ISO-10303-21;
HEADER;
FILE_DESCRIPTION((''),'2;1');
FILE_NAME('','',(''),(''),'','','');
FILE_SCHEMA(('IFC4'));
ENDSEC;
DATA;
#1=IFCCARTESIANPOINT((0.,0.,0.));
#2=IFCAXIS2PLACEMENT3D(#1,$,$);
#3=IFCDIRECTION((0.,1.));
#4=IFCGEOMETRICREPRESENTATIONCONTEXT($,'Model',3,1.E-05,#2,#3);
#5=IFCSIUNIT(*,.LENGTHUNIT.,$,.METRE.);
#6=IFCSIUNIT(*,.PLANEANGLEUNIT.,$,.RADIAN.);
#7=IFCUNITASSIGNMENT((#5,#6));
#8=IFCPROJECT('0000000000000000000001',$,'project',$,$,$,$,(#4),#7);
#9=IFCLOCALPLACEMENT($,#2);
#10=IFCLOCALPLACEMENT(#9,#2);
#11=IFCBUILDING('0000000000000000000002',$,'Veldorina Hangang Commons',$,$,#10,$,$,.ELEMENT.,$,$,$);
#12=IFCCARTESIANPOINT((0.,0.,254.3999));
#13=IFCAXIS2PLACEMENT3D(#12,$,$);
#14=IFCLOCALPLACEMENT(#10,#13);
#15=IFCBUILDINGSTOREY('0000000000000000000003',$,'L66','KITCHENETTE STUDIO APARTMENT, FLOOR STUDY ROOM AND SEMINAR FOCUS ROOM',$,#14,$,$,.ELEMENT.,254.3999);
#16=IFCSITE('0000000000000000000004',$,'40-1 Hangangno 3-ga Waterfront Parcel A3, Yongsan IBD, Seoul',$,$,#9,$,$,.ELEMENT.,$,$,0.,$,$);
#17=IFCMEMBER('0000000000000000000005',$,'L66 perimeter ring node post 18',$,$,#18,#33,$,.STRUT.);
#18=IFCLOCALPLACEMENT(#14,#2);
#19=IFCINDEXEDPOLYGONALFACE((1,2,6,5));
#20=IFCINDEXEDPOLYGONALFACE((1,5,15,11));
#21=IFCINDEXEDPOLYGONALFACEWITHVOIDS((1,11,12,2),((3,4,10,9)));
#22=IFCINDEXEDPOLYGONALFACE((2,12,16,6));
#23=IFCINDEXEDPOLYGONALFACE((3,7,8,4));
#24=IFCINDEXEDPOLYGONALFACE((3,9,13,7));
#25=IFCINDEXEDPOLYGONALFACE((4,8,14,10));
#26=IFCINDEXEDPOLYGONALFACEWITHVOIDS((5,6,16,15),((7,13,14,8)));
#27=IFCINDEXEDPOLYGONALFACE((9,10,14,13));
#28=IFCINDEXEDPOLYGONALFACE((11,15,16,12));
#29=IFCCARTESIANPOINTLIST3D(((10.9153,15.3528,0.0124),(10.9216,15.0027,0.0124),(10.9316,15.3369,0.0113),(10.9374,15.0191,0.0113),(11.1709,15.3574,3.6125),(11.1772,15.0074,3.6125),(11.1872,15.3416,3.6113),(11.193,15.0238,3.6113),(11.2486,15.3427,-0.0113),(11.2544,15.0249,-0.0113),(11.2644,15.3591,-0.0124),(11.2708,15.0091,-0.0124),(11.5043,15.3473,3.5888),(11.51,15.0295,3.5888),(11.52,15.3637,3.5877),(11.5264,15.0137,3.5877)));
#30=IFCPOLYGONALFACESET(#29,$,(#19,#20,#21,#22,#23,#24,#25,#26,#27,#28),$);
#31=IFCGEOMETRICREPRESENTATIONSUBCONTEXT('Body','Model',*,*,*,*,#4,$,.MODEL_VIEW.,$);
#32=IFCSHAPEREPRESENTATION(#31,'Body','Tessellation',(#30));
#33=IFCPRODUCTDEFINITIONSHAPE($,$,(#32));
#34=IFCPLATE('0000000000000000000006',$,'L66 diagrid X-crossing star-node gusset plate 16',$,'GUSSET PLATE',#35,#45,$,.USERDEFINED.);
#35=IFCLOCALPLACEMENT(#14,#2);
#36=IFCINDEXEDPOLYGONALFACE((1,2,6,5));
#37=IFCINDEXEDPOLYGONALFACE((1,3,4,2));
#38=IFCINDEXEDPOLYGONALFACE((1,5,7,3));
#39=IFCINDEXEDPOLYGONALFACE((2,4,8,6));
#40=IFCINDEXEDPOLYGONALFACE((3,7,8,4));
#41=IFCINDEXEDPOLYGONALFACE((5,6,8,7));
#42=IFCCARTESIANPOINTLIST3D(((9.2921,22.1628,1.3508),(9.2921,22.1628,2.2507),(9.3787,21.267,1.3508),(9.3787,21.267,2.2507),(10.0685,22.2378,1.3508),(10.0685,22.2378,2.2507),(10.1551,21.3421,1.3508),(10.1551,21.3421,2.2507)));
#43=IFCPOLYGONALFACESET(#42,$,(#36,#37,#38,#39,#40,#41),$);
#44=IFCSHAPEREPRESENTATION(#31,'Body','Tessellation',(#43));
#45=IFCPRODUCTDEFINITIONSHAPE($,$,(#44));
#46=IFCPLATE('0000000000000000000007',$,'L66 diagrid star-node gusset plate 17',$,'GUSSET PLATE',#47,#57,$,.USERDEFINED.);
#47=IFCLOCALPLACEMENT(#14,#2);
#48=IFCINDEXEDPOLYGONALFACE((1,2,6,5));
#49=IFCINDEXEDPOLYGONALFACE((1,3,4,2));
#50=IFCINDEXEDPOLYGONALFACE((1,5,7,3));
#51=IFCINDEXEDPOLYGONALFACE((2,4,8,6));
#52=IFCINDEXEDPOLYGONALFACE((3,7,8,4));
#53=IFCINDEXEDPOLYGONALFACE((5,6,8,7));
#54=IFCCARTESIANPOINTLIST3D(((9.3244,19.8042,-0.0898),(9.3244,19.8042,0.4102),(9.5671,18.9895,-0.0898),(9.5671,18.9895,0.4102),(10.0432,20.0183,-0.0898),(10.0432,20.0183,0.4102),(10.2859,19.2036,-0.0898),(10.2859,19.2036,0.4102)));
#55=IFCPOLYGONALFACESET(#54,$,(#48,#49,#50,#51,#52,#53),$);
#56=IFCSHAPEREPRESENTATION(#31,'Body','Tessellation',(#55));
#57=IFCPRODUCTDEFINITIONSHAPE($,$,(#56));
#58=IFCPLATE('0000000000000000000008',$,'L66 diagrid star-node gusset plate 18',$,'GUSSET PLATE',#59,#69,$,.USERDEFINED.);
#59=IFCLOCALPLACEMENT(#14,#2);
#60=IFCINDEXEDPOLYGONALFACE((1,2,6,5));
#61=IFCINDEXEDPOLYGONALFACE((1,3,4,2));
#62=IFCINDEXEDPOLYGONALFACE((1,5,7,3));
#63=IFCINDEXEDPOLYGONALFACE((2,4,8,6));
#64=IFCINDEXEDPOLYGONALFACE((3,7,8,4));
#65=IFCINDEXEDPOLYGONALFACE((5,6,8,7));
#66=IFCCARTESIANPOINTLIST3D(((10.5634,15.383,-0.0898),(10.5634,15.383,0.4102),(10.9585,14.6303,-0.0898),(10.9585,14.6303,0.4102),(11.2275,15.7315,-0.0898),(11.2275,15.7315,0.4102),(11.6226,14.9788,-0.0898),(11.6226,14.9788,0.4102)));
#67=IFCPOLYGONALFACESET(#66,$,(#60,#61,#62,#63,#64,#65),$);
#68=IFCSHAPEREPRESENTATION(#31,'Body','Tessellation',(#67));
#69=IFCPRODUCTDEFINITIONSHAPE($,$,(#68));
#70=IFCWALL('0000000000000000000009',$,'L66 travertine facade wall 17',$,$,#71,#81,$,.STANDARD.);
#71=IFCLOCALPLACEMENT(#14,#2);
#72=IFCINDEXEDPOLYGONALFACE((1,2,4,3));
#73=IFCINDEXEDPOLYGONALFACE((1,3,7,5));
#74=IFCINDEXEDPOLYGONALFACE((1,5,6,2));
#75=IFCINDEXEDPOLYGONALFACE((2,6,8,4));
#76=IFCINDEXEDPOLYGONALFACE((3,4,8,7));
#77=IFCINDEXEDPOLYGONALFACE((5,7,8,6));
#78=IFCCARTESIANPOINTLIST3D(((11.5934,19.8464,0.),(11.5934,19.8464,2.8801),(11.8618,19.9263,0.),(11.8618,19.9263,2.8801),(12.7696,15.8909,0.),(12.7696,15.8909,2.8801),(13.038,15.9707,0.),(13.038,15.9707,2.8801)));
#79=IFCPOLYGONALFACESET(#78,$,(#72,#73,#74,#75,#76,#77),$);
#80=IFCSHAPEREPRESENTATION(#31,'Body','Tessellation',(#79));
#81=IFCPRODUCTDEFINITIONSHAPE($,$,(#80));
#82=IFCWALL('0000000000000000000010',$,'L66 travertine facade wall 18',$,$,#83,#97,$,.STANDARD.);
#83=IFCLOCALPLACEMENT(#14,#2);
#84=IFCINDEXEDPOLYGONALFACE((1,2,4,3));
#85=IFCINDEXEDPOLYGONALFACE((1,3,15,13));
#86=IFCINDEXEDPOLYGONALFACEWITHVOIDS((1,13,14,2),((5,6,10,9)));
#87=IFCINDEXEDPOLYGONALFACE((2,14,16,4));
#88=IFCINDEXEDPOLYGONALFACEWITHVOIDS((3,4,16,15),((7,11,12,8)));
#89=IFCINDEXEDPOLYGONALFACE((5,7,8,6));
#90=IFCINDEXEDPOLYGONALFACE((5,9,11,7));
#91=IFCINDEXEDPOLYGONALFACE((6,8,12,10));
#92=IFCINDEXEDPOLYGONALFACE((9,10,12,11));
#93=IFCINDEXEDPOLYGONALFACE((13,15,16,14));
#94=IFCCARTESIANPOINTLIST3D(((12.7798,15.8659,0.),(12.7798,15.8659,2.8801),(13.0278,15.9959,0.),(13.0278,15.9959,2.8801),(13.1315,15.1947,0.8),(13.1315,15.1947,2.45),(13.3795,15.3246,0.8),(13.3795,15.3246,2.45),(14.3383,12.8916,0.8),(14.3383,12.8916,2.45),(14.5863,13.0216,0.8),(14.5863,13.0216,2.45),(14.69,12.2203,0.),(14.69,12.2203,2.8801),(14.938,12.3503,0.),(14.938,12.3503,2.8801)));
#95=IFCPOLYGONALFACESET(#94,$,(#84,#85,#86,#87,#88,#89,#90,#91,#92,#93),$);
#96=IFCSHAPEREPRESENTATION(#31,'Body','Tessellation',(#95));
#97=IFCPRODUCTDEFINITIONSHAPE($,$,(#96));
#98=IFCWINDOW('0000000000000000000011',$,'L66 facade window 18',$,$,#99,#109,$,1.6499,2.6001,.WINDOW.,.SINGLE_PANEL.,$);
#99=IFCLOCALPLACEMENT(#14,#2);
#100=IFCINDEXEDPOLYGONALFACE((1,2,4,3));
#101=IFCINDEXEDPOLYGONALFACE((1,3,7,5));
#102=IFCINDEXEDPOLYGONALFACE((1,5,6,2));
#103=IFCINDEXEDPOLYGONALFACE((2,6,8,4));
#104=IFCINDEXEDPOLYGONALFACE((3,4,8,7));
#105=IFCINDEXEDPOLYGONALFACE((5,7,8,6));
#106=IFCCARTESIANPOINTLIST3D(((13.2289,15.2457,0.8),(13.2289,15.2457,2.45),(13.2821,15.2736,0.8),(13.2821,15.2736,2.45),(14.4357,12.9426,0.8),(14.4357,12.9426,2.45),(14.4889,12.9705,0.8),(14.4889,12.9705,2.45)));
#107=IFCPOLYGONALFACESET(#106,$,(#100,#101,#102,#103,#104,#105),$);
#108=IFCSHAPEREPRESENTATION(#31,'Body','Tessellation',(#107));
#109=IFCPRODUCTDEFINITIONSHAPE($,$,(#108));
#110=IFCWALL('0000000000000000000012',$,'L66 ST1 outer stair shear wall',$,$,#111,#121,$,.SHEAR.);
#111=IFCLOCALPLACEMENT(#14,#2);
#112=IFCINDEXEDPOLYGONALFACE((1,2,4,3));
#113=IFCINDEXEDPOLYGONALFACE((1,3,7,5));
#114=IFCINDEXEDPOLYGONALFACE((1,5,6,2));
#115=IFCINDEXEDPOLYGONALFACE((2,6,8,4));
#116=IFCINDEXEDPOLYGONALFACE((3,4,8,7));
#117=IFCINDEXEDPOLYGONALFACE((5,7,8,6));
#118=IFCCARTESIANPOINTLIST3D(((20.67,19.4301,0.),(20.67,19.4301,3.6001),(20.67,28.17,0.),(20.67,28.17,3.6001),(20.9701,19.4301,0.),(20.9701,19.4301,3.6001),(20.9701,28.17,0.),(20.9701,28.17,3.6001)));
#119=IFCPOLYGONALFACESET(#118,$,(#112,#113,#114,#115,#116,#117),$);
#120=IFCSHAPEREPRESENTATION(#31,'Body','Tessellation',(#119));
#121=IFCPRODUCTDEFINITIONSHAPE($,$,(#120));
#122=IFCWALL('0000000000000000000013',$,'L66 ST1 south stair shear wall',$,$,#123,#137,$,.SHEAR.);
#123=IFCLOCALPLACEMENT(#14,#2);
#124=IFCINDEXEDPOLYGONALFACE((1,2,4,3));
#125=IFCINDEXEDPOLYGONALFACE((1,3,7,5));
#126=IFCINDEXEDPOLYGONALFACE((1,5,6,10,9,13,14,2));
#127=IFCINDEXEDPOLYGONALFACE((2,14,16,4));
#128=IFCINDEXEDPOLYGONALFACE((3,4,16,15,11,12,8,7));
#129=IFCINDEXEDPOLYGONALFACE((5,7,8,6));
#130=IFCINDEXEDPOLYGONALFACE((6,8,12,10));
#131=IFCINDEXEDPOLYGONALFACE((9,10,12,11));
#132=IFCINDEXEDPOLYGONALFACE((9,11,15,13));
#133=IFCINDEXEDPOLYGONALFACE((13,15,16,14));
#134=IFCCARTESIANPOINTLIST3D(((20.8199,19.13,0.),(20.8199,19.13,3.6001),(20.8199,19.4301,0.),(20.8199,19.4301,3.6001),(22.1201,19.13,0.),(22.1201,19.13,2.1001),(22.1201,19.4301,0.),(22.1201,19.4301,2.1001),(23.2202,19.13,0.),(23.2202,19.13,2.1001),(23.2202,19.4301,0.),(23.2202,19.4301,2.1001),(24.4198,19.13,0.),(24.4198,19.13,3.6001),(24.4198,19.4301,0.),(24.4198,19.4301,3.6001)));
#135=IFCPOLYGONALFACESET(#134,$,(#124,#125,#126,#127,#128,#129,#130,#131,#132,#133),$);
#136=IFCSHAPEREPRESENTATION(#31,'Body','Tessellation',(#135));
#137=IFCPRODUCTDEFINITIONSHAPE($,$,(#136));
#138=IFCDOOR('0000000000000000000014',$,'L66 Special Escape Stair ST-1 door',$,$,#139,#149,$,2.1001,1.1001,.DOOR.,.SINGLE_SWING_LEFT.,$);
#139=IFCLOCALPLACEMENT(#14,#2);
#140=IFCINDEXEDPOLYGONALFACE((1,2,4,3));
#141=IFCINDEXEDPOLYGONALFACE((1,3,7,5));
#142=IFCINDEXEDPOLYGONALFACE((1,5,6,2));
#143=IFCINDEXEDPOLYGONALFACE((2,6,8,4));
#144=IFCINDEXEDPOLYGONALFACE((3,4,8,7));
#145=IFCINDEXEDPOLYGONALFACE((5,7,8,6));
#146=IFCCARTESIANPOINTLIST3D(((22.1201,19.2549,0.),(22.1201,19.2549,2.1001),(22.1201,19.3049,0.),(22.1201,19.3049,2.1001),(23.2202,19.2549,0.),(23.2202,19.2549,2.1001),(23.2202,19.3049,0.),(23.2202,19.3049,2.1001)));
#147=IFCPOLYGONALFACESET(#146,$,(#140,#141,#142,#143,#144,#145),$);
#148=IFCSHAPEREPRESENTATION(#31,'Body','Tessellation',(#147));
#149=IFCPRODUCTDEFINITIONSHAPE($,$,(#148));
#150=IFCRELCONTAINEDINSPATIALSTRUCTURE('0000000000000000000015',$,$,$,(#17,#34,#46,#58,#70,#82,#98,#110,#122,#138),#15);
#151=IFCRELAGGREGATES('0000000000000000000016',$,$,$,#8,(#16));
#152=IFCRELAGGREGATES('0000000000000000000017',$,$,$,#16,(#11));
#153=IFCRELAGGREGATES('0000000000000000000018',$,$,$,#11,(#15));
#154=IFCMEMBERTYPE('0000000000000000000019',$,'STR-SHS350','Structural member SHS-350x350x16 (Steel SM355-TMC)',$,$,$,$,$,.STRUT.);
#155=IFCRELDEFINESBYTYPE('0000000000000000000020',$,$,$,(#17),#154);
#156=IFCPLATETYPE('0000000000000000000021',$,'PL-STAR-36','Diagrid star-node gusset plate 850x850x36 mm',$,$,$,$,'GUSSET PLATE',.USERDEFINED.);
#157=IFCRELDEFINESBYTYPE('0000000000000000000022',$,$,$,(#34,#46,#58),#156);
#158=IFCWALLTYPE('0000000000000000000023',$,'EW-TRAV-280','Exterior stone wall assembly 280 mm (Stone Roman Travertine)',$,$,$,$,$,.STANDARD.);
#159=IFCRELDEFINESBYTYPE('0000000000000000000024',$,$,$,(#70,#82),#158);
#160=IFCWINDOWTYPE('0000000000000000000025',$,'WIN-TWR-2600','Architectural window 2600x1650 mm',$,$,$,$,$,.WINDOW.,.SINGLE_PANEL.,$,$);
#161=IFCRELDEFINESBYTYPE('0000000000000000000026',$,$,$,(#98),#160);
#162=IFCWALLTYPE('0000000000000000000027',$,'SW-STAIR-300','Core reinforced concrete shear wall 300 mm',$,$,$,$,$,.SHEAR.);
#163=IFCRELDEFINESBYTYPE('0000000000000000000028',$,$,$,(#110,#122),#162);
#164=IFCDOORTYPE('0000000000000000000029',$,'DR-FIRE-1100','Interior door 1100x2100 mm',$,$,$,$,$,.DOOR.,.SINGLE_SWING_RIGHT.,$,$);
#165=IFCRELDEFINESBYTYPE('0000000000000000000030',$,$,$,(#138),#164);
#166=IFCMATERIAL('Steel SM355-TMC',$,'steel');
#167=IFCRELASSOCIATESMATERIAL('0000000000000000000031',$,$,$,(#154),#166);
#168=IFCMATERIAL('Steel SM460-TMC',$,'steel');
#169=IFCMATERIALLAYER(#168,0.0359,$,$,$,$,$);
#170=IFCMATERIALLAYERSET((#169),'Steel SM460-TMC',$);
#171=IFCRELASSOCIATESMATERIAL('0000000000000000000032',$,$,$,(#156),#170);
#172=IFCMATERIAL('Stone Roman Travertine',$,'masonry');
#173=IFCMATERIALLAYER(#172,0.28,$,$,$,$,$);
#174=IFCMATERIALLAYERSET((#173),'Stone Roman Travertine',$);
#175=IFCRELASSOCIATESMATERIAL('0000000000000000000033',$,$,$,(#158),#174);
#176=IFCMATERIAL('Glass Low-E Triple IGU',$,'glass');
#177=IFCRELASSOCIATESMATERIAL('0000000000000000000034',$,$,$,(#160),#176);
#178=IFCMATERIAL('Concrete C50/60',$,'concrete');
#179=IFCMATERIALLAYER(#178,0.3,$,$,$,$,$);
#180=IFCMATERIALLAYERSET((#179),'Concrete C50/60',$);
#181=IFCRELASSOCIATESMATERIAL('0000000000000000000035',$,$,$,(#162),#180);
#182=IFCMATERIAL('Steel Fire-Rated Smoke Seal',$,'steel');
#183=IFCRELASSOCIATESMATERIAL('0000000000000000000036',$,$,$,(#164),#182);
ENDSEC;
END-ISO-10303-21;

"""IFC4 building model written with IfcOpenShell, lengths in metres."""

from ifc_helpers import new_model, si_unit, direction, frame, frame_2d, origin, origin_2d, place, context, subcontext, project, spatial, rectangle, hollow_rectangle, extrude, material, layer, layer_set, material_profile, profile_set, type_object, element, fill, save


model = new_model("IFC4")

# Units and contexts
model_context = context("Model", 3, precision=1e-05, world=origin(), true_north=direction((0.0, 1.0)))
body_context = subcontext(model_context, "Body", "Model", "MODEL_VIEW")
ifc_project = project(units=[si_unit("LENGTHUNIT", "METRE"), si_unit("PLANEANGLEUNIT", "RADIAN")], contexts=[model_context])

# Site, building, storey
site_placement = place(None, origin())
site = spatial("IfcSite", under=ifc_project, at=site_placement, Name="40-1 Hangangno 3-ga Waterfront Parcel A3, Yongsan IBD, Seoul", CompositionType="ELEMENT", RefElevation=0.0)
building_placement = place(site_placement, origin())
building = spatial("IfcBuilding", under=site, at=building_placement, Name="Veldorina Hangang Commons", CompositionType="ELEMENT")
storey_placement = place(building_placement, frame((0.0, 0.0, 254.3999)))
storey = spatial("IfcBuildingStorey", under=building, at=storey_placement, Name="L66", Description="KITCHENETTE STUDIO APARTMENT, FLOOR STUDY ROOM AND SEMINAR FOCUS ROOM", CompositionType="ELEMENT", Elevation=254.3999)

# Shared definitions
ifc_material_1 = material(Name="Steel SM355-TMC", Category="steel")

# Member
ifc_material_profile_1 = material_profile(ifc_material_1, hollow_rectangle(XDim=0.3501, YDim=0.3501, WallThickness=0.0161, at=origin_2d()), Name="SHS-350x350x16")
ifc_profile_set_1 = profile_set([ifc_material_profile_1], Name="Steel SM355-TMC")
member_type_1 = type_object("IfcMemberType", Name="STR-SHS350", Description="Structural member SHS-350x350x16 (Steel SM355-TMC)", PredefinedType="STRUT", material=ifc_profile_set_1)
member_1_placement = place(storey_placement, frame((11.093, 15.1809, 0.0), z_axis=(0.070824, 0.001285, 0.997488), x_axis=(-0.018144, 0.999835, 0.0)))
element("IfcMember", 1, at=member_1_placement, inside=storey, type_object=member_type_1, Name="L66 perimeter ring node post 18", PredefinedType="STRUT", context=body_context, shape_type="SweptSolid", body=[
    extrude(hollow_rectangle(XDim=0.3501, YDim=0.3501, WallThickness=0.0161, at=origin_2d()), origin(), (0.0, 0.0, 1.0), 3.6091),
])

# Plates
ifc_material_2 = material(Name="Steel SM460-TMC", Category="steel")
ifc_layer_1 = layer(ifc_material_2, 0.0359)
ifc_layer_set_1 = layer_set([ifc_layer_1], Name="Steel SM460-TMC")
plate_type = type_object("IfcPlateType", Name="PL-STAR-36", Description="Diagrid star-node gusset plate 850x850x36 mm", ElementType="GUSSET PLATE", PredefinedType="USERDEFINED", material=ifc_layer_set_1)
plate_placement = place(storey_placement, frame((9.7236, 21.7524, 1.3508), z_axis=(0.0, 0.0, 1.0), x_axis=(0.096263, -0.995356, 0.0)))
element("IfcPlate", 2, at=plate_placement, inside=storey, type_object=plate_type, Name="L66 diagrid X-crossing star-node gusset plate 16", ObjectType="GUSSET PLATE", PredefinedType="USERDEFINED", context=body_context, shape_type="SweptSolid", body=[
    extrude(rectangle(XDim=0.8999, YDim=0.78, at=origin_2d()), origin(), (0.0, 0.0, 1.0), 0.8999),
])
for number, where, z_axis, x_axis, name in (
    (3, (9.8052, 19.5039, -0.0898), (0.0, 0.0, 1.0), (0.285488, -0.958382, 0.0), "L66 diagrid star-node gusset plate 17"),
    (4, (11.093, 15.1809, -0.0898), (0.0, 0.0, 1.0), (0.464734, -0.88545, 0.0), "L66 diagrid star-node gusset plate 18"),
):
    element("IfcPlate", number, at=place(storey_placement, frame(where, z_axis=z_axis, x_axis=x_axis)), inside=storey, type_object=plate_type, Name=name, ObjectType="GUSSET PLATE", PredefinedType="USERDEFINED", context=body_context, shape_type="SweptSolid", body=[
        extrude(rectangle(XDim=0.8501, YDim=0.75, at=origin_2d()), origin(), (0.0, 0.0, 1.0), 0.5),
    ])

# Wall
ifc_material_3 = material(Name="Stone Roman Travertine", Category="masonry")
ifc_layer_2 = layer(ifc_material_3, 0.28)
ifc_layer_set_2 = layer_set([ifc_layer_2], Name="Stone Roman Travertine")
wall_type_1 = type_object("IfcWallType", Name="EW-TRAV-280", Description="Exterior stone wall assembly 280 mm (Stone Roman Travertine)", PredefinedType="STANDARD", material=ifc_layer_set_2)
wall_1_placement = place(storey_placement, frame((11.7275, 19.8865, 0.0), z_axis=(0.0, 0.0, 1.0), x_axis=(0.285035, -0.958517, 0.0)))
element("IfcWall", 5, at=wall_1_placement, inside=storey, type_object=wall_type_1, Name="L66 travertine facade wall 17", PredefinedType="STANDARD", context=body_context, shape_type="SweptSolid", body=[
    extrude(rectangle(XDim=4.1267, YDim=0.28, at=frame_2d((2.0635, 0.0))), origin(), (0.0, 0.0, 1.0), 2.8801),
])

# Wall, opening, window
wall_2_placement = place(storey_placement, frame((12.9038, 15.9309, 0.0), z_axis=(0.0, 0.0, 1.0), x_axis=(0.464122, -0.885771, 0.0)))
wall_2 = element("IfcWall", 6, at=wall_2_placement, inside=storey, type_object=wall_type_1, Name="L66 travertine facade wall 18", PredefinedType="STANDARD", context=body_context, shape_type="SweptSolid", body=[
    extrude(rectangle(XDim=4.1157, YDim=0.28, at=frame_2d((2.0579, 0.0))), origin(), (0.0, 0.0, 1.0), 2.8801),
])
opening_1_placement = place(wall_2_placement, frame((0.7578, 0.0, 0.8)))
opening_1 = element("IfcOpeningElement", 7, at=opening_1_placement, cuts=wall_2, PredefinedType="OPENING", context=body_context, shape_type="SweptSolid", body=[
    extrude(rectangle(XDim=2.6001, YDim=1.6499, at=frame_2d((1.3, 0.825))), frame((0.0, 0.1499, 0.0), z_axis=(0.0, -1.0, 0.0), x_axis=(1.0, 0.0, 0.0)), (0.0, 0.0, 1.0), 0.3),
])
ifc_material_4 = material(Name="Glass Low-E Triple IGU", Category="glass")
window_type = type_object("IfcWindowType", Name="WIN-TWR-2600", Description="Architectural window 2600x1650 mm", PartitioningType="SINGLE_PANEL", PredefinedType="WINDOW", material=ifc_material_4)
window_placement = place(opening_1_placement, origin())
window = element("IfcWindow", 8, at=window_placement, inside=storey, type_object=window_type, Name="L66 facade window 18", OverallHeight=1.6499, OverallWidth=2.6001, PartitioningType="SINGLE_PANEL", PredefinedType="WINDOW", context=body_context, shape_type="SweptSolid", body=[
    extrude(rectangle(XDim=2.6001, YDim=1.6499, at=frame_2d((1.3, 0.825))), frame((0.0, 0.03, 0.0), z_axis=(0.0, -1.0, 0.0), x_axis=(1.0, 0.0, 0.0)), (0.0, 0.0, 1.0), 0.0601),
])
fill(opening_1, window)

# Wall
ifc_material_5 = material(Name="Concrete C50/60", Category="concrete")
ifc_layer_3 = layer(ifc_material_5, 0.3)
ifc_layer_set_3 = layer_set([ifc_layer_3], Name="Concrete C50/60")
wall_type_2 = type_object("IfcWallType", Name="SW-STAIR-300", Description="Core reinforced concrete shear wall 300 mm", PredefinedType="SHEAR", material=ifc_layer_set_3)
wall_3_placement = place(storey_placement, frame((20.8201, 19.4299, 0.0), z_axis=(0.0, 0.0, 1.0), x_axis=(0.0, 1.0, 0.0)))
element("IfcWall", 9, at=wall_3_placement, inside=storey, type_object=wall_type_2, Name="L66 ST1 outer stair shear wall", PredefinedType="SHEAR", context=body_context, shape_type="SweptSolid", body=[
    extrude(rectangle(XDim=8.74, YDim=0.3, at=frame_2d((4.3701, 0.0))), origin(), (0.0, 0.0, 1.0), 3.6001),
])

# Wall, opening, door
wall_4_placement = place(storey_placement, frame((20.8201, 19.28, 0.0), z_axis=(0.0, 0.0, 1.0), x_axis=(1.0, 0.0, 0.0)))
wall_4 = element("IfcWall", 10, at=wall_4_placement, inside=storey, type_object=wall_type_2, Name="L66 ST1 south stair shear wall", PredefinedType="SHEAR", context=body_context, shape_type="SweptSolid", body=[
    extrude(rectangle(XDim=3.5999, YDim=0.3, at=frame_2d((1.7998, 0.0))), origin(), (0.0, 0.0, 1.0), 3.6001),
])
opening_2_placement = place(wall_4_placement, frame((1.3, 0.0, 0.0)))
opening_2 = element("IfcOpeningElement", 11, at=opening_2_placement, cuts=wall_4, PredefinedType="OPENING", context=body_context, shape_type="SweptSolid", body=[
    extrude(rectangle(XDim=1.1001, YDim=2.1001, at=frame_2d((0.55, 1.05))), frame((0.0, 0.1602, 0.0), z_axis=(0.0, -1.0, 0.0), x_axis=(1.0, 0.0, 0.0)), (0.0, 0.0, 1.0), 0.3201),
])
ifc_material_6 = material(Name="Steel Fire-Rated Smoke Seal", Category="steel")
door_type_1 = type_object("IfcDoorType", Name="DR-FIRE-1100", Description="Interior door 1100x2100 mm", OperationType="SINGLE_SWING_RIGHT", PredefinedType="DOOR", material=ifc_material_6)
door_1_placement = place(opening_2_placement, origin())
door_1 = element("IfcDoor", 12, at=door_1_placement, inside=storey, type_object=door_type_1, Name="L66 Special Escape Stair ST-1 door", OperationType="SINGLE_SWING_LEFT", OverallHeight=2.1001, OverallWidth=1.1001, PredefinedType="DOOR", context=body_context, shape_type="SweptSolid", body=[
    extrude(rectangle(XDim=1.1001, YDim=2.1001, at=frame_2d((0.55, 1.05))), frame((0.0, 0.0249, 0.0), z_axis=(0.0, -1.0, 0.0), x_axis=(1.0, 0.0, 0.0)), (0.0, 0.0, 1.0), 0.05),
])
fill(opening_2, door_1)

save(model, "model.ifc")
